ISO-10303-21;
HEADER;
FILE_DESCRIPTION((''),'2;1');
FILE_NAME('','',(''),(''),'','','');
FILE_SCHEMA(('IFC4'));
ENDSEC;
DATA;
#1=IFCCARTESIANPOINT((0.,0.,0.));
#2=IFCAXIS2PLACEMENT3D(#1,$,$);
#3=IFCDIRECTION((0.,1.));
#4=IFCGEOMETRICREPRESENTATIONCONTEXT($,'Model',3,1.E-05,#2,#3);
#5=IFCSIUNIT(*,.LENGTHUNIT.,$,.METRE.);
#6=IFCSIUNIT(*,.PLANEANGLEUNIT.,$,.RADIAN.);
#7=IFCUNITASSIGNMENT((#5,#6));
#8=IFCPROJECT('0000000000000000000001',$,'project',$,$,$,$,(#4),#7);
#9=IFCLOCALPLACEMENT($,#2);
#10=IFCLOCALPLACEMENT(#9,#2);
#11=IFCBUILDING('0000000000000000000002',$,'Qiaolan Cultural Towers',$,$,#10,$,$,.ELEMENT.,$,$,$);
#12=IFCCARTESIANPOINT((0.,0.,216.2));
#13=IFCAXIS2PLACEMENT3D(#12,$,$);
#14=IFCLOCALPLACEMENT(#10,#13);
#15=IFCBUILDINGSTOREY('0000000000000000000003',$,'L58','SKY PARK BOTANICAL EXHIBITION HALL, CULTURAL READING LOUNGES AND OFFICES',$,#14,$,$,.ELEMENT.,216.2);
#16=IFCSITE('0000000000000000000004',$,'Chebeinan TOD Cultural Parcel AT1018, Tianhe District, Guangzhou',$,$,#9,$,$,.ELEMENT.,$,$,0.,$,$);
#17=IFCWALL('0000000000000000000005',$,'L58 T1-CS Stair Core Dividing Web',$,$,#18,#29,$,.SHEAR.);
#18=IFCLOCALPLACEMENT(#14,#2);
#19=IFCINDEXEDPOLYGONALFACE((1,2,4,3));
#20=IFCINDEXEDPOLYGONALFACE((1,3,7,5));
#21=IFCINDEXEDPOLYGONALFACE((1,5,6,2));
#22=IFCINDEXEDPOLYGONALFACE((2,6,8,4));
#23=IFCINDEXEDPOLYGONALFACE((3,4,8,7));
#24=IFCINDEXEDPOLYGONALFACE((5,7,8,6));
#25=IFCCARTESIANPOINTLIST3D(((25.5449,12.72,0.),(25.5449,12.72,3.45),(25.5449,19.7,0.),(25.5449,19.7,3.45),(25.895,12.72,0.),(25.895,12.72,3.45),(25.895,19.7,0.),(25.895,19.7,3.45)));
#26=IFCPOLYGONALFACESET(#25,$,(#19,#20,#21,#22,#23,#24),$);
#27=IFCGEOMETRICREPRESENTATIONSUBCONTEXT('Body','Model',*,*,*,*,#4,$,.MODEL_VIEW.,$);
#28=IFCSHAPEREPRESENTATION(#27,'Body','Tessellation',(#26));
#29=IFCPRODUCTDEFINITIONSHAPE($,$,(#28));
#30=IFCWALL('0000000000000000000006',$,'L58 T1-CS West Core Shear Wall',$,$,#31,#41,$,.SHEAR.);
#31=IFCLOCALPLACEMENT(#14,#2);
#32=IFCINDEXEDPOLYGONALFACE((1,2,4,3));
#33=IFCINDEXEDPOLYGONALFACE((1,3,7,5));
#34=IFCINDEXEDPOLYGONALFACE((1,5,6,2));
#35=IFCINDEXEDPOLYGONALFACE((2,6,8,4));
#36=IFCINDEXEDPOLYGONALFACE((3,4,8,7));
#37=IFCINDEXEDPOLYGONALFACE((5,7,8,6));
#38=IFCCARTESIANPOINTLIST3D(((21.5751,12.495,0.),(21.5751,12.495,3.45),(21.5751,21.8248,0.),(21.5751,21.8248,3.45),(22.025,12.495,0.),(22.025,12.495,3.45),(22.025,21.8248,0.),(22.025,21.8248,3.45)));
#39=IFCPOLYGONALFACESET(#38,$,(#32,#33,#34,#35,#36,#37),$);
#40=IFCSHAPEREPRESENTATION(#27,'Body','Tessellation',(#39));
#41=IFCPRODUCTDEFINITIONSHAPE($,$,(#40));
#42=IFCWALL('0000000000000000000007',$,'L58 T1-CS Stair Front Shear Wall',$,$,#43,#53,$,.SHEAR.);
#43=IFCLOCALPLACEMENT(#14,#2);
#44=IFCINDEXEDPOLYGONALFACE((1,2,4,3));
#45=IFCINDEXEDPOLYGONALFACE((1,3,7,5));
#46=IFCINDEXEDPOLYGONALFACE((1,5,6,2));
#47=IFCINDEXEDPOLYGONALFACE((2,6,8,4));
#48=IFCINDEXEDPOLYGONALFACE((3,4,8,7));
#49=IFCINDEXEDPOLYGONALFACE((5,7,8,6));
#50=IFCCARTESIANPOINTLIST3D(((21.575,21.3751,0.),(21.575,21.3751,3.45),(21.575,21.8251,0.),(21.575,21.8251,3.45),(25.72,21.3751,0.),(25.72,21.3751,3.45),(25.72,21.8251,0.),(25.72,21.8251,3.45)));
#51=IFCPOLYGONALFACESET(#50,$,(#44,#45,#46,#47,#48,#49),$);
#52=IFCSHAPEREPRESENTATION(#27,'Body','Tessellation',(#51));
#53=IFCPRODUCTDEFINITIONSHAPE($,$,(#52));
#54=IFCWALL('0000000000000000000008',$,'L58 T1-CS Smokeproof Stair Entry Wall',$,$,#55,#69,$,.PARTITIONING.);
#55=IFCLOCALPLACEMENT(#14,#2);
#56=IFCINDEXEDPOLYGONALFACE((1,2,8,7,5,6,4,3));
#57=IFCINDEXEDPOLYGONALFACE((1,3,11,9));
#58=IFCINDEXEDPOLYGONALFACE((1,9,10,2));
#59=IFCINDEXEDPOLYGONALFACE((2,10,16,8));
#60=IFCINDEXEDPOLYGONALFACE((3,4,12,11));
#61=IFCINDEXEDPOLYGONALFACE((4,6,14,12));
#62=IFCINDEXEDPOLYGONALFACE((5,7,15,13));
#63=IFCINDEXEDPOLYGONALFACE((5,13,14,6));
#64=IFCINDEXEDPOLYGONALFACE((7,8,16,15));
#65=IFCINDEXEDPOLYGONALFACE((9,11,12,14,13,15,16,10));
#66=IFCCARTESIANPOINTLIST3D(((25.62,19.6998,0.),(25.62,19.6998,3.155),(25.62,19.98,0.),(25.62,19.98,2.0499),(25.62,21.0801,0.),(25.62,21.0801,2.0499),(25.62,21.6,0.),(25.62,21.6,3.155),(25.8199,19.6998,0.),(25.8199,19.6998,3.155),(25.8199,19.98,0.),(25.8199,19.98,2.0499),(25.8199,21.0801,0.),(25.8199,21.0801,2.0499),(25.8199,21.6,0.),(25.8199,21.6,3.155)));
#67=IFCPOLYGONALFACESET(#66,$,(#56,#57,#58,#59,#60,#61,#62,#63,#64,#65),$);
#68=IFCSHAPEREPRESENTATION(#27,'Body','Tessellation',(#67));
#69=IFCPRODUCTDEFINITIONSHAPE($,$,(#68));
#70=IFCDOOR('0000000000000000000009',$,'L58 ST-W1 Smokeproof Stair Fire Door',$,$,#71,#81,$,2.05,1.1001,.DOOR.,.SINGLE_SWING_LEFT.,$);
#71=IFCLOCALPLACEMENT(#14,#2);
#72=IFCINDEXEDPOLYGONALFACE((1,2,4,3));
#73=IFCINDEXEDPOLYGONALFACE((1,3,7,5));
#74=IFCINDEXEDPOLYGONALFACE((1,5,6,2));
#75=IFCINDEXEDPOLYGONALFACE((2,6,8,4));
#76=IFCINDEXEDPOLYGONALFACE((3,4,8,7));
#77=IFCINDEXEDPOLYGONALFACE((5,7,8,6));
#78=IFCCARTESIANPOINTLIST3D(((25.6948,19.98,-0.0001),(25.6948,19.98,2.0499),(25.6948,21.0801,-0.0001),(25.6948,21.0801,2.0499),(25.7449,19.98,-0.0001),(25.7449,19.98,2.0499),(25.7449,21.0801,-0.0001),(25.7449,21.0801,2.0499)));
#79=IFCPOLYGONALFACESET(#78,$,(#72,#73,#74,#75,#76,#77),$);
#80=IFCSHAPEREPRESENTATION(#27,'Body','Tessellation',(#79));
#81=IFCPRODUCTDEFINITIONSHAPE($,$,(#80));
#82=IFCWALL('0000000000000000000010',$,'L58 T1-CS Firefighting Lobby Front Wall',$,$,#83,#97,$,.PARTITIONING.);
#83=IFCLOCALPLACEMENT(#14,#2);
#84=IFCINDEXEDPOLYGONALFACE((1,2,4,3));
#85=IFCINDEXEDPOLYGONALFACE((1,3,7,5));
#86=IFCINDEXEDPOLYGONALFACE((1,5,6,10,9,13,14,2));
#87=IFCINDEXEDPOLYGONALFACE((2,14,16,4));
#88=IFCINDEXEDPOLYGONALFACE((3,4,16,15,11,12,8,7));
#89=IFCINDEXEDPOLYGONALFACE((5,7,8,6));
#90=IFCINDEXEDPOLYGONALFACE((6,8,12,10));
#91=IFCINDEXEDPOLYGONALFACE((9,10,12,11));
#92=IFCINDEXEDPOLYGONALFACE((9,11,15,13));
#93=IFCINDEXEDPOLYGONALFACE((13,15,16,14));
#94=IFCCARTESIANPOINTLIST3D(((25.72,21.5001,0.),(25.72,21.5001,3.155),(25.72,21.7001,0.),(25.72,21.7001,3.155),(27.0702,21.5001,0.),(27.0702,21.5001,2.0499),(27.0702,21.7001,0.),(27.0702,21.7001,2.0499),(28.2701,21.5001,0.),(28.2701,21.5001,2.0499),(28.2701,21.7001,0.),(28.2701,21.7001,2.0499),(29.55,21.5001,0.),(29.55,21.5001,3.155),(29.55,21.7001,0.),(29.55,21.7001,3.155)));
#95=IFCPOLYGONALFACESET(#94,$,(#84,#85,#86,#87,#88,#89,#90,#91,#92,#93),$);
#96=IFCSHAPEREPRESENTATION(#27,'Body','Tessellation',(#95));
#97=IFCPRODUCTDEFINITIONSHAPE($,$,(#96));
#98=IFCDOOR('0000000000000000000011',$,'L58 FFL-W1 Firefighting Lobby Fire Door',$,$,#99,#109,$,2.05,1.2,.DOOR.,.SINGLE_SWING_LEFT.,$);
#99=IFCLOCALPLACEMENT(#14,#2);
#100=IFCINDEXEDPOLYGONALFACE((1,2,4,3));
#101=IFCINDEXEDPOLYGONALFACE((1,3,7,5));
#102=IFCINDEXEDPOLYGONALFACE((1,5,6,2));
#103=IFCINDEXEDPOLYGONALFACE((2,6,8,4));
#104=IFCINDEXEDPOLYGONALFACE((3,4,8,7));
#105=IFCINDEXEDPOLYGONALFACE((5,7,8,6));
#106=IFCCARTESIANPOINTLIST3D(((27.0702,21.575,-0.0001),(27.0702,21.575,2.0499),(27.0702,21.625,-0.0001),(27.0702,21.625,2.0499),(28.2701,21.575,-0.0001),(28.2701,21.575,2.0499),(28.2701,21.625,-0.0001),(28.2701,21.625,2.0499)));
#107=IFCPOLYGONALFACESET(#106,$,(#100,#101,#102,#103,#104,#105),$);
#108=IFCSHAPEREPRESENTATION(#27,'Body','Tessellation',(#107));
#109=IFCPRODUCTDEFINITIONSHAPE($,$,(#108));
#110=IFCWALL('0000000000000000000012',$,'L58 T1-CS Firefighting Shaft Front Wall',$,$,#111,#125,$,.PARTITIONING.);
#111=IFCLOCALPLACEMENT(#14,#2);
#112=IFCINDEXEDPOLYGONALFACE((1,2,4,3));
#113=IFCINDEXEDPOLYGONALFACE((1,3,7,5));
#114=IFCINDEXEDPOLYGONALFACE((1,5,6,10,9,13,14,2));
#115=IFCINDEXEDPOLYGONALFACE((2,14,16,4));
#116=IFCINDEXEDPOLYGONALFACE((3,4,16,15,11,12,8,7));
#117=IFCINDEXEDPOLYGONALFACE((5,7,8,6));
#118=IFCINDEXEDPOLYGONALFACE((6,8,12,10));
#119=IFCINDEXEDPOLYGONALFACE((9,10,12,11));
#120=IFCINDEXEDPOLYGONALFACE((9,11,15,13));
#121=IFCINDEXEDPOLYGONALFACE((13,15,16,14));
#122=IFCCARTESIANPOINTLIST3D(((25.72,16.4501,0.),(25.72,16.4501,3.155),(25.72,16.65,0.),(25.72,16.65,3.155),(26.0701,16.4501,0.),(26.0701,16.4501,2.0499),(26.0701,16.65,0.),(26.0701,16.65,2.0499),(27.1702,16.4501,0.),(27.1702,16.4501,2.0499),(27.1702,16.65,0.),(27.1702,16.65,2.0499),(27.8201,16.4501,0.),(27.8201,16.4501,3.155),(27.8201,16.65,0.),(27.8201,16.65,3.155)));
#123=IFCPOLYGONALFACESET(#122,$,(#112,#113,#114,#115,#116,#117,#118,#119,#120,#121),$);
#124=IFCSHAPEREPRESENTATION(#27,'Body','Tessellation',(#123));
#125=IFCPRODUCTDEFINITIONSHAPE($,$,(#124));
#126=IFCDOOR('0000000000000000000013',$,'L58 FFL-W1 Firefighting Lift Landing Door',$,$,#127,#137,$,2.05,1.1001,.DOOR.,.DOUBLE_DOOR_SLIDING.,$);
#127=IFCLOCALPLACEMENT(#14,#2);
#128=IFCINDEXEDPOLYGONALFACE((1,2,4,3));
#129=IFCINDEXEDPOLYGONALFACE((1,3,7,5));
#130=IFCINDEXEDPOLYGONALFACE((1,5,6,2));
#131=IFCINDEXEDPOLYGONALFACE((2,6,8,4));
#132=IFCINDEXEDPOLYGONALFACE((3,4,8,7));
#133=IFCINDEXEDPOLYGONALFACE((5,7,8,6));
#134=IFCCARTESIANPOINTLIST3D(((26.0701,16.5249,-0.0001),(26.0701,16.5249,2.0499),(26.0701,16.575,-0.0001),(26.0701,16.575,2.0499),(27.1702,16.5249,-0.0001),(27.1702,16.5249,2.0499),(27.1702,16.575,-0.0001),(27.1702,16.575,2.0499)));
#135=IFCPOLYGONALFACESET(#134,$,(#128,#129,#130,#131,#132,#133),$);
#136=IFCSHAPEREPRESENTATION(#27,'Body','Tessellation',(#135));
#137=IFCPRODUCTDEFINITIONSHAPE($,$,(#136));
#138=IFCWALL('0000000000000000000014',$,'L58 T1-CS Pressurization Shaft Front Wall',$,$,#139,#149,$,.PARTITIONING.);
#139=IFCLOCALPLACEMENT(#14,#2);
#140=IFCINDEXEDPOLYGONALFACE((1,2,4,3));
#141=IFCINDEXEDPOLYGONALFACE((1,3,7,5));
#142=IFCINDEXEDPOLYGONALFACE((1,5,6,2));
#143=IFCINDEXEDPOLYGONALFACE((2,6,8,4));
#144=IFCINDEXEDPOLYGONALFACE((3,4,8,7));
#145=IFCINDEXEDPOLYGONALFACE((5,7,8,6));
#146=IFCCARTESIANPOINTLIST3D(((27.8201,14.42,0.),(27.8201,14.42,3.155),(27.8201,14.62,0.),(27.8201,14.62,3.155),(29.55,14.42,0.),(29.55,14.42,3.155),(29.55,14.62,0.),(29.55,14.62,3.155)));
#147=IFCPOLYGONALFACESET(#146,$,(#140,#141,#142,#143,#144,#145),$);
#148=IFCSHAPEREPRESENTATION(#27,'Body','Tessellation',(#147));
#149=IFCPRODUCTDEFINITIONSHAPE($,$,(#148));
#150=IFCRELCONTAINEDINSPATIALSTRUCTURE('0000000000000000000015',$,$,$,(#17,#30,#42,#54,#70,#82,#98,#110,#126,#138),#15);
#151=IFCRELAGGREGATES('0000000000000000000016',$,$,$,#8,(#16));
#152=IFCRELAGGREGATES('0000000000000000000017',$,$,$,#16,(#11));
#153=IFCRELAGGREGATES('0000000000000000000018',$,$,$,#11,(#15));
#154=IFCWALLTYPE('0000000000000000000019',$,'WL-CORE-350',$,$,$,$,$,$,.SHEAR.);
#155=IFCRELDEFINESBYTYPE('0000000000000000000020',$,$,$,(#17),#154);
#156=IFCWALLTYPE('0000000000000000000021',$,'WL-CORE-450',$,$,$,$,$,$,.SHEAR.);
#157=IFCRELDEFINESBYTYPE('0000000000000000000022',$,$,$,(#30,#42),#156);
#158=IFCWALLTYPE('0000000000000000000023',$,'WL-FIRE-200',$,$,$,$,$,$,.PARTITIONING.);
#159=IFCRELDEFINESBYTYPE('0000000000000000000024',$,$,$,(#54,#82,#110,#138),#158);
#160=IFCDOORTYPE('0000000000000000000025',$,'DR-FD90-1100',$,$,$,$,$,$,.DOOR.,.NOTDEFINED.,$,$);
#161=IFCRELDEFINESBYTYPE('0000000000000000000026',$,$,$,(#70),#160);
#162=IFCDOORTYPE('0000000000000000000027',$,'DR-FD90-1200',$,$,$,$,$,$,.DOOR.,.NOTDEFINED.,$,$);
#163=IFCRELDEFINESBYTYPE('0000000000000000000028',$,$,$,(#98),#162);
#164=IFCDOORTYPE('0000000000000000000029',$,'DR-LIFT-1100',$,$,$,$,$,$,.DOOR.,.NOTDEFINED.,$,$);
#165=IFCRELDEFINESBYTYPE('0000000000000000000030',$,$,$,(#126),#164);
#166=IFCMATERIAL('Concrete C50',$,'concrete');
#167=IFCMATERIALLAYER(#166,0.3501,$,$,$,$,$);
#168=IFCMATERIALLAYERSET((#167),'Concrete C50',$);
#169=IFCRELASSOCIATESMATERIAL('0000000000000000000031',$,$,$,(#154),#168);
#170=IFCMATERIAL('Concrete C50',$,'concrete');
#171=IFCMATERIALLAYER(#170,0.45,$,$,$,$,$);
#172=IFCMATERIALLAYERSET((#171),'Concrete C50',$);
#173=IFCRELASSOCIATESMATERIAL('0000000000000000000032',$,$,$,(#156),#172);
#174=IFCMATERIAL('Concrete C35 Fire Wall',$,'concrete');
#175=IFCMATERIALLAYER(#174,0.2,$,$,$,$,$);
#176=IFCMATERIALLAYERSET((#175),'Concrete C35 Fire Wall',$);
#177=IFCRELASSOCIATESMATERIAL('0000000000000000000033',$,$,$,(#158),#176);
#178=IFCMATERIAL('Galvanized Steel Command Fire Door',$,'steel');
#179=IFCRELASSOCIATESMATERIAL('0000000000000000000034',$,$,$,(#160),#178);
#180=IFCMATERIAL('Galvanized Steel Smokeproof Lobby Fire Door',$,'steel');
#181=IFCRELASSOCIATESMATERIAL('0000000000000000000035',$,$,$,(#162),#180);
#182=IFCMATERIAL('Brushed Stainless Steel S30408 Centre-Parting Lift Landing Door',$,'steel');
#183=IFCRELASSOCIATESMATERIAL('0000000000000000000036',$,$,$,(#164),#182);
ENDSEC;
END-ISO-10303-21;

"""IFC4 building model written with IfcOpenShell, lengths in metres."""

from ifc_helpers import new_model, si_unit, direction, frame, frame_2d, origin, place, context, subcontext, project, spatial, rectangle, extrude, material, layer, layer_set, type_object, element, fill, save


model = new_model("IFC4")

# Units and contexts
model_context = context("Model", 3, precision=1e-05, world=origin(), true_north=direction((0.0, 1.0)))
body_context = subcontext(model_context, "Body", "Model", "MODEL_VIEW")
ifc_project = project(units=[si_unit("LENGTHUNIT", "METRE"), si_unit("PLANEANGLEUNIT", "RADIAN")], contexts=[model_context])

# Site, building, storey
site_placement = place(None, origin())
site = spatial("IfcSite", under=ifc_project, at=site_placement, Name="Chebeinan TOD Cultural Parcel AT1018, Tianhe District, Guangzhou", CompositionType="ELEMENT", RefElevation=0.0)
building_placement = place(site_placement, origin())
building = spatial("IfcBuilding", under=site, at=building_placement, Name="Qiaolan Cultural Towers", CompositionType="ELEMENT")
storey_placement = place(building_placement, frame((0.0, 0.0, 216.2)))
storey = spatial("IfcBuildingStorey", under=building, at=storey_placement, Name="L58", Description="SKY PARK BOTANICAL EXHIBITION HALL, CULTURAL READING LOUNGES AND OFFICES", CompositionType="ELEMENT", Elevation=216.2)

# Walls
ifc_material_1 = material(Name="Concrete C50", Category="concrete")
ifc_layer_1 = layer(ifc_material_1, 0.3501)
ifc_layer_set_1 = layer_set([ifc_layer_1], Name="Concrete C50")
wall_type_1 = type_object("IfcWallType", Name="WL-CORE-350", PredefinedType="SHEAR", material=ifc_layer_set_1)
wall_1_placement = place(storey_placement, frame((25.72, 19.7, 0.0), z_axis=(0.0, 0.0, 1.0), x_axis=(0.0, -1.0, 0.0)))
element("IfcWall", 1, at=wall_1_placement, inside=storey, type_object=wall_type_1, Name="L58 T1-CS Stair Core Dividing Web", PredefinedType="SHEAR", context=body_context, shape_type="SweptSolid", body=[
    extrude(rectangle(XDim=6.98, YDim=0.3501, at=frame_2d((3.49, 0.0))), origin(), (0.0, 0.0, 1.0), 3.45),
])
ifc_material_2 = material(Name="Concrete C50", Category="concrete")
ifc_layer_2 = layer(ifc_material_2, 0.45)
ifc_layer_set_2 = layer_set([ifc_layer_2], Name="Concrete C50")
wall_type_2 = type_object("IfcWallType", Name="WL-CORE-450", PredefinedType="SHEAR", material=ifc_layer_set_2)
wall_2_placement = place(storey_placement, frame((21.8, 21.825, 0.0), z_axis=(0.0, 0.0, 1.0), x_axis=(0.0, -1.0, 0.0)))
element("IfcWall", 2, at=wall_2_placement, inside=storey, type_object=wall_type_2, Name="L58 T1-CS West Core Shear Wall", PredefinedType="SHEAR", context=body_context, shape_type="SweptSolid", body=[
    extrude(rectangle(XDim=9.3298, YDim=0.45, at=frame_2d((4.665, 0.0))), origin(), (0.0, 0.0, 1.0), 3.45),
])
wall_3_placement = place(storey_placement, frame((21.575, 21.6001, 0.0), z_axis=(0.0, 0.0, 1.0), x_axis=(1.0, 0.0, 0.0)))
element("IfcWall", 3, at=wall_3_placement, inside=storey, type_object=wall_type_2, Name="L58 T1-CS Stair Front Shear Wall", PredefinedType="SHEAR", context=body_context, shape_type="SweptSolid", body=[
    extrude(rectangle(XDim=4.145, YDim=0.45, at=frame_2d((2.0725, 0.0))), origin(), (0.0, 0.0, 1.0), 3.45),
])

# Walls, openings, doors
ifc_material_3 = material(Name="Concrete C35 Fire Wall", Category="concrete")
ifc_layer_3 = layer(ifc_material_3, 0.2)
ifc_layer_set_3 = layer_set([ifc_layer_3], Name="Concrete C35 Fire Wall")
wall_type_3 = type_object("IfcWallType", Name="WL-FIRE-200", PredefinedType="PARTITIONING", material=ifc_layer_set_3)
wall_4_placement = place(storey_placement, frame((25.72, 21.6001, 0.0), z_axis=(0.0, 0.0, 1.0), x_axis=(0.0, -1.0, 0.0)))
wall_4 = element("IfcWall", 4, at=wall_4_placement, inside=storey, type_object=wall_type_3, Name="L58 T1-CS Smokeproof Stair Entry Wall", PredefinedType="PARTITIONING", context=body_context, shape_type="SweptSolid", body=[
    extrude(rectangle(XDim=1.9001, YDim=0.2, at=frame_2d((0.9502, 0.0))), origin(), (0.0, 0.0, 1.0), 3.155),
])
opening_1_placement = place(wall_4_placement, frame((0.52, 0.0, 0.0)))
opening_1 = element("IfcOpeningElement", 5, at=opening_1_placement, cuts=wall_4, PredefinedType="OPENING", context=body_context, shape_type="SweptSolid", body=[
    extrude(rectangle(XDim=1.1001, YDim=2.05, at=frame_2d((0.55, 1.0249))), frame((0.0, 0.1099, 0.0), z_axis=(0.0, -1.0, 0.0), x_axis=(1.0, 0.0, 0.0)), (0.0, 0.0, 1.0), 0.22),
])
ifc_material_4 = material(Name="Galvanized Steel Command Fire Door", Category="steel")
door_type_1 = type_object("IfcDoorType", Name="DR-FD90-1100", OperationType="NOTDEFINED", PredefinedType="DOOR", material=ifc_material_4)
door_1_placement = place(opening_1_placement, origin())
door_1 = element("IfcDoor", 6, at=door_1_placement, inside=storey, type_object=door_type_1, Name="L58 ST-W1 Smokeproof Stair Fire Door", OperationType="SINGLE_SWING_LEFT", OverallHeight=2.05, OverallWidth=1.1001, PredefinedType="DOOR", context=body_context, shape_type="SweptSolid", body=[
    extrude(rectangle(XDim=1.1001, YDim=2.05, at=frame_2d((0.55, 1.0249))), frame((0.0, 0.0249, 0.0), z_axis=(0.0, -1.0, 0.0), x_axis=(1.0, 0.0, 0.0)), (0.0, 0.0, 1.0), 0.05),
])
fill(opening_1, door_1)
wall_5_placement = place(storey_placement, frame((25.72, 21.6001, 0.0), z_axis=(0.0, 0.0, 1.0), x_axis=(1.0, 0.0, 0.0)))
wall_5 = element("IfcWall", 7, at=wall_5_placement, inside=storey, type_object=wall_type_3, Name="L58 T1-CS Firefighting Lobby Front Wall", PredefinedType="PARTITIONING", context=body_context, shape_type="SweptSolid", body=[
    extrude(rectangle(XDim=3.8301, YDim=0.2, at=frame_2d((1.915, 0.0))), origin(), (0.0, 0.0, 1.0), 3.155),
])
opening_2_placement = place(wall_5_placement, frame((1.3501, 0.0, 0.0)))
opening_2 = element("IfcOpeningElement", 8, at=opening_2_placement, cuts=wall_5, PredefinedType="OPENING", context=body_context, shape_type="SweptSolid", body=[
    extrude(rectangle(XDim=1.2, YDim=2.05, at=frame_2d((0.6001, 1.0249))), frame((0.0, 0.1099, 0.0), z_axis=(0.0, -1.0, 0.0), x_axis=(1.0, 0.0, 0.0)), (0.0, 0.0, 1.0), 0.22),
])
ifc_material_5 = material(Name="Galvanized Steel Smokeproof Lobby Fire Door", Category="steel")
door_type_2 = type_object("IfcDoorType", Name="DR-FD90-1200", OperationType="NOTDEFINED", PredefinedType="DOOR", material=ifc_material_5)
door_2_placement = place(opening_2_placement, origin())
door_2 = element("IfcDoor", 9, at=door_2_placement, inside=storey, type_object=door_type_2, Name="L58 FFL-W1 Firefighting Lobby Fire Door", OperationType="SINGLE_SWING_LEFT", OverallHeight=2.05, OverallWidth=1.2, PredefinedType="DOOR", context=body_context, shape_type="SweptSolid", body=[
    extrude(rectangle(XDim=1.2, YDim=2.05, at=frame_2d((0.6001, 1.0249))), frame((0.0, 0.0249, 0.0), z_axis=(0.0, -1.0, 0.0), x_axis=(1.0, 0.0, 0.0)), (0.0, 0.0, 1.0), 0.05),
])
fill(opening_2, door_2)
wall_6_placement = place(storey_placement, frame((25.72, 16.55, 0.0), z_axis=(0.0, 0.0, 1.0), x_axis=(1.0, 0.0, 0.0)))
wall_6 = element("IfcWall", 10, at=wall_6_placement, inside=storey, type_object=wall_type_3, Name="L58 T1-CS Firefighting Shaft Front Wall", PredefinedType="PARTITIONING", context=body_context, shape_type="SweptSolid", body=[
    extrude(rectangle(XDim=2.1001, YDim=0.2, at=frame_2d((1.05, 0.0))), origin(), (0.0, 0.0, 1.0), 3.155),
])
opening_3_placement = place(wall_6_placement, frame((0.3501, 0.0, 0.0)))
opening_3 = element("IfcOpeningElement", 11, at=opening_3_placement, cuts=wall_6, PredefinedType="OPENING", context=body_context, shape_type="SweptSolid", body=[
    extrude(rectangle(XDim=1.1001, YDim=2.05, at=frame_2d((0.55, 1.0249))), frame((0.0, 0.1099, 0.0), z_axis=(0.0, -1.0, 0.0), x_axis=(1.0, 0.0, 0.0)), (0.0, 0.0, 1.0), 0.22),
])
ifc_material_6 = material(Name="Brushed Stainless Steel S30408 Centre-Parting Lift Landing Door", Category="steel")
door_type_3 = type_object("IfcDoorType", Name="DR-LIFT-1100", OperationType="NOTDEFINED", PredefinedType="DOOR", material=ifc_material_6)
door_3_placement = place(opening_3_placement, origin())
door_3 = element("IfcDoor", 12, at=door_3_placement, inside=storey, type_object=door_type_3, Name="L58 FFL-W1 Firefighting Lift Landing Door", OperationType="DOUBLE_DOOR_SLIDING", OverallHeight=2.05, OverallWidth=1.1001, PredefinedType="DOOR", context=body_context, shape_type="SweptSolid", body=[
    extrude(rectangle(XDim=1.1001, YDim=2.05, at=frame_2d((0.55, 1.0249))), frame((0.0, 0.0249, 0.0), z_axis=(0.0, -1.0, 0.0), x_axis=(1.0, 0.0, 0.0)), (0.0, 0.0, 1.0), 0.05),
])
fill(opening_3, door_3)

# Wall
wall_7_placement = place(storey_placement, frame((27.8201, 14.52, 0.0), z_axis=(0.0, 0.0, 1.0), x_axis=(1.0, 0.0, 0.0)))
element("IfcWall", 13, at=wall_7_placement, inside=storey, type_object=wall_type_3, Name="L58 T1-CS Pressurization Shaft Front Wall", PredefinedType="PARTITIONING", context=body_context, shape_type="SweptSolid", body=[
    extrude(rectangle(XDim=1.73, YDim=0.2, at=frame_2d((0.865, 0.0))), origin(), (0.0, 0.0, 1.0), 3.155),
])

save(model, "model.ifc")
